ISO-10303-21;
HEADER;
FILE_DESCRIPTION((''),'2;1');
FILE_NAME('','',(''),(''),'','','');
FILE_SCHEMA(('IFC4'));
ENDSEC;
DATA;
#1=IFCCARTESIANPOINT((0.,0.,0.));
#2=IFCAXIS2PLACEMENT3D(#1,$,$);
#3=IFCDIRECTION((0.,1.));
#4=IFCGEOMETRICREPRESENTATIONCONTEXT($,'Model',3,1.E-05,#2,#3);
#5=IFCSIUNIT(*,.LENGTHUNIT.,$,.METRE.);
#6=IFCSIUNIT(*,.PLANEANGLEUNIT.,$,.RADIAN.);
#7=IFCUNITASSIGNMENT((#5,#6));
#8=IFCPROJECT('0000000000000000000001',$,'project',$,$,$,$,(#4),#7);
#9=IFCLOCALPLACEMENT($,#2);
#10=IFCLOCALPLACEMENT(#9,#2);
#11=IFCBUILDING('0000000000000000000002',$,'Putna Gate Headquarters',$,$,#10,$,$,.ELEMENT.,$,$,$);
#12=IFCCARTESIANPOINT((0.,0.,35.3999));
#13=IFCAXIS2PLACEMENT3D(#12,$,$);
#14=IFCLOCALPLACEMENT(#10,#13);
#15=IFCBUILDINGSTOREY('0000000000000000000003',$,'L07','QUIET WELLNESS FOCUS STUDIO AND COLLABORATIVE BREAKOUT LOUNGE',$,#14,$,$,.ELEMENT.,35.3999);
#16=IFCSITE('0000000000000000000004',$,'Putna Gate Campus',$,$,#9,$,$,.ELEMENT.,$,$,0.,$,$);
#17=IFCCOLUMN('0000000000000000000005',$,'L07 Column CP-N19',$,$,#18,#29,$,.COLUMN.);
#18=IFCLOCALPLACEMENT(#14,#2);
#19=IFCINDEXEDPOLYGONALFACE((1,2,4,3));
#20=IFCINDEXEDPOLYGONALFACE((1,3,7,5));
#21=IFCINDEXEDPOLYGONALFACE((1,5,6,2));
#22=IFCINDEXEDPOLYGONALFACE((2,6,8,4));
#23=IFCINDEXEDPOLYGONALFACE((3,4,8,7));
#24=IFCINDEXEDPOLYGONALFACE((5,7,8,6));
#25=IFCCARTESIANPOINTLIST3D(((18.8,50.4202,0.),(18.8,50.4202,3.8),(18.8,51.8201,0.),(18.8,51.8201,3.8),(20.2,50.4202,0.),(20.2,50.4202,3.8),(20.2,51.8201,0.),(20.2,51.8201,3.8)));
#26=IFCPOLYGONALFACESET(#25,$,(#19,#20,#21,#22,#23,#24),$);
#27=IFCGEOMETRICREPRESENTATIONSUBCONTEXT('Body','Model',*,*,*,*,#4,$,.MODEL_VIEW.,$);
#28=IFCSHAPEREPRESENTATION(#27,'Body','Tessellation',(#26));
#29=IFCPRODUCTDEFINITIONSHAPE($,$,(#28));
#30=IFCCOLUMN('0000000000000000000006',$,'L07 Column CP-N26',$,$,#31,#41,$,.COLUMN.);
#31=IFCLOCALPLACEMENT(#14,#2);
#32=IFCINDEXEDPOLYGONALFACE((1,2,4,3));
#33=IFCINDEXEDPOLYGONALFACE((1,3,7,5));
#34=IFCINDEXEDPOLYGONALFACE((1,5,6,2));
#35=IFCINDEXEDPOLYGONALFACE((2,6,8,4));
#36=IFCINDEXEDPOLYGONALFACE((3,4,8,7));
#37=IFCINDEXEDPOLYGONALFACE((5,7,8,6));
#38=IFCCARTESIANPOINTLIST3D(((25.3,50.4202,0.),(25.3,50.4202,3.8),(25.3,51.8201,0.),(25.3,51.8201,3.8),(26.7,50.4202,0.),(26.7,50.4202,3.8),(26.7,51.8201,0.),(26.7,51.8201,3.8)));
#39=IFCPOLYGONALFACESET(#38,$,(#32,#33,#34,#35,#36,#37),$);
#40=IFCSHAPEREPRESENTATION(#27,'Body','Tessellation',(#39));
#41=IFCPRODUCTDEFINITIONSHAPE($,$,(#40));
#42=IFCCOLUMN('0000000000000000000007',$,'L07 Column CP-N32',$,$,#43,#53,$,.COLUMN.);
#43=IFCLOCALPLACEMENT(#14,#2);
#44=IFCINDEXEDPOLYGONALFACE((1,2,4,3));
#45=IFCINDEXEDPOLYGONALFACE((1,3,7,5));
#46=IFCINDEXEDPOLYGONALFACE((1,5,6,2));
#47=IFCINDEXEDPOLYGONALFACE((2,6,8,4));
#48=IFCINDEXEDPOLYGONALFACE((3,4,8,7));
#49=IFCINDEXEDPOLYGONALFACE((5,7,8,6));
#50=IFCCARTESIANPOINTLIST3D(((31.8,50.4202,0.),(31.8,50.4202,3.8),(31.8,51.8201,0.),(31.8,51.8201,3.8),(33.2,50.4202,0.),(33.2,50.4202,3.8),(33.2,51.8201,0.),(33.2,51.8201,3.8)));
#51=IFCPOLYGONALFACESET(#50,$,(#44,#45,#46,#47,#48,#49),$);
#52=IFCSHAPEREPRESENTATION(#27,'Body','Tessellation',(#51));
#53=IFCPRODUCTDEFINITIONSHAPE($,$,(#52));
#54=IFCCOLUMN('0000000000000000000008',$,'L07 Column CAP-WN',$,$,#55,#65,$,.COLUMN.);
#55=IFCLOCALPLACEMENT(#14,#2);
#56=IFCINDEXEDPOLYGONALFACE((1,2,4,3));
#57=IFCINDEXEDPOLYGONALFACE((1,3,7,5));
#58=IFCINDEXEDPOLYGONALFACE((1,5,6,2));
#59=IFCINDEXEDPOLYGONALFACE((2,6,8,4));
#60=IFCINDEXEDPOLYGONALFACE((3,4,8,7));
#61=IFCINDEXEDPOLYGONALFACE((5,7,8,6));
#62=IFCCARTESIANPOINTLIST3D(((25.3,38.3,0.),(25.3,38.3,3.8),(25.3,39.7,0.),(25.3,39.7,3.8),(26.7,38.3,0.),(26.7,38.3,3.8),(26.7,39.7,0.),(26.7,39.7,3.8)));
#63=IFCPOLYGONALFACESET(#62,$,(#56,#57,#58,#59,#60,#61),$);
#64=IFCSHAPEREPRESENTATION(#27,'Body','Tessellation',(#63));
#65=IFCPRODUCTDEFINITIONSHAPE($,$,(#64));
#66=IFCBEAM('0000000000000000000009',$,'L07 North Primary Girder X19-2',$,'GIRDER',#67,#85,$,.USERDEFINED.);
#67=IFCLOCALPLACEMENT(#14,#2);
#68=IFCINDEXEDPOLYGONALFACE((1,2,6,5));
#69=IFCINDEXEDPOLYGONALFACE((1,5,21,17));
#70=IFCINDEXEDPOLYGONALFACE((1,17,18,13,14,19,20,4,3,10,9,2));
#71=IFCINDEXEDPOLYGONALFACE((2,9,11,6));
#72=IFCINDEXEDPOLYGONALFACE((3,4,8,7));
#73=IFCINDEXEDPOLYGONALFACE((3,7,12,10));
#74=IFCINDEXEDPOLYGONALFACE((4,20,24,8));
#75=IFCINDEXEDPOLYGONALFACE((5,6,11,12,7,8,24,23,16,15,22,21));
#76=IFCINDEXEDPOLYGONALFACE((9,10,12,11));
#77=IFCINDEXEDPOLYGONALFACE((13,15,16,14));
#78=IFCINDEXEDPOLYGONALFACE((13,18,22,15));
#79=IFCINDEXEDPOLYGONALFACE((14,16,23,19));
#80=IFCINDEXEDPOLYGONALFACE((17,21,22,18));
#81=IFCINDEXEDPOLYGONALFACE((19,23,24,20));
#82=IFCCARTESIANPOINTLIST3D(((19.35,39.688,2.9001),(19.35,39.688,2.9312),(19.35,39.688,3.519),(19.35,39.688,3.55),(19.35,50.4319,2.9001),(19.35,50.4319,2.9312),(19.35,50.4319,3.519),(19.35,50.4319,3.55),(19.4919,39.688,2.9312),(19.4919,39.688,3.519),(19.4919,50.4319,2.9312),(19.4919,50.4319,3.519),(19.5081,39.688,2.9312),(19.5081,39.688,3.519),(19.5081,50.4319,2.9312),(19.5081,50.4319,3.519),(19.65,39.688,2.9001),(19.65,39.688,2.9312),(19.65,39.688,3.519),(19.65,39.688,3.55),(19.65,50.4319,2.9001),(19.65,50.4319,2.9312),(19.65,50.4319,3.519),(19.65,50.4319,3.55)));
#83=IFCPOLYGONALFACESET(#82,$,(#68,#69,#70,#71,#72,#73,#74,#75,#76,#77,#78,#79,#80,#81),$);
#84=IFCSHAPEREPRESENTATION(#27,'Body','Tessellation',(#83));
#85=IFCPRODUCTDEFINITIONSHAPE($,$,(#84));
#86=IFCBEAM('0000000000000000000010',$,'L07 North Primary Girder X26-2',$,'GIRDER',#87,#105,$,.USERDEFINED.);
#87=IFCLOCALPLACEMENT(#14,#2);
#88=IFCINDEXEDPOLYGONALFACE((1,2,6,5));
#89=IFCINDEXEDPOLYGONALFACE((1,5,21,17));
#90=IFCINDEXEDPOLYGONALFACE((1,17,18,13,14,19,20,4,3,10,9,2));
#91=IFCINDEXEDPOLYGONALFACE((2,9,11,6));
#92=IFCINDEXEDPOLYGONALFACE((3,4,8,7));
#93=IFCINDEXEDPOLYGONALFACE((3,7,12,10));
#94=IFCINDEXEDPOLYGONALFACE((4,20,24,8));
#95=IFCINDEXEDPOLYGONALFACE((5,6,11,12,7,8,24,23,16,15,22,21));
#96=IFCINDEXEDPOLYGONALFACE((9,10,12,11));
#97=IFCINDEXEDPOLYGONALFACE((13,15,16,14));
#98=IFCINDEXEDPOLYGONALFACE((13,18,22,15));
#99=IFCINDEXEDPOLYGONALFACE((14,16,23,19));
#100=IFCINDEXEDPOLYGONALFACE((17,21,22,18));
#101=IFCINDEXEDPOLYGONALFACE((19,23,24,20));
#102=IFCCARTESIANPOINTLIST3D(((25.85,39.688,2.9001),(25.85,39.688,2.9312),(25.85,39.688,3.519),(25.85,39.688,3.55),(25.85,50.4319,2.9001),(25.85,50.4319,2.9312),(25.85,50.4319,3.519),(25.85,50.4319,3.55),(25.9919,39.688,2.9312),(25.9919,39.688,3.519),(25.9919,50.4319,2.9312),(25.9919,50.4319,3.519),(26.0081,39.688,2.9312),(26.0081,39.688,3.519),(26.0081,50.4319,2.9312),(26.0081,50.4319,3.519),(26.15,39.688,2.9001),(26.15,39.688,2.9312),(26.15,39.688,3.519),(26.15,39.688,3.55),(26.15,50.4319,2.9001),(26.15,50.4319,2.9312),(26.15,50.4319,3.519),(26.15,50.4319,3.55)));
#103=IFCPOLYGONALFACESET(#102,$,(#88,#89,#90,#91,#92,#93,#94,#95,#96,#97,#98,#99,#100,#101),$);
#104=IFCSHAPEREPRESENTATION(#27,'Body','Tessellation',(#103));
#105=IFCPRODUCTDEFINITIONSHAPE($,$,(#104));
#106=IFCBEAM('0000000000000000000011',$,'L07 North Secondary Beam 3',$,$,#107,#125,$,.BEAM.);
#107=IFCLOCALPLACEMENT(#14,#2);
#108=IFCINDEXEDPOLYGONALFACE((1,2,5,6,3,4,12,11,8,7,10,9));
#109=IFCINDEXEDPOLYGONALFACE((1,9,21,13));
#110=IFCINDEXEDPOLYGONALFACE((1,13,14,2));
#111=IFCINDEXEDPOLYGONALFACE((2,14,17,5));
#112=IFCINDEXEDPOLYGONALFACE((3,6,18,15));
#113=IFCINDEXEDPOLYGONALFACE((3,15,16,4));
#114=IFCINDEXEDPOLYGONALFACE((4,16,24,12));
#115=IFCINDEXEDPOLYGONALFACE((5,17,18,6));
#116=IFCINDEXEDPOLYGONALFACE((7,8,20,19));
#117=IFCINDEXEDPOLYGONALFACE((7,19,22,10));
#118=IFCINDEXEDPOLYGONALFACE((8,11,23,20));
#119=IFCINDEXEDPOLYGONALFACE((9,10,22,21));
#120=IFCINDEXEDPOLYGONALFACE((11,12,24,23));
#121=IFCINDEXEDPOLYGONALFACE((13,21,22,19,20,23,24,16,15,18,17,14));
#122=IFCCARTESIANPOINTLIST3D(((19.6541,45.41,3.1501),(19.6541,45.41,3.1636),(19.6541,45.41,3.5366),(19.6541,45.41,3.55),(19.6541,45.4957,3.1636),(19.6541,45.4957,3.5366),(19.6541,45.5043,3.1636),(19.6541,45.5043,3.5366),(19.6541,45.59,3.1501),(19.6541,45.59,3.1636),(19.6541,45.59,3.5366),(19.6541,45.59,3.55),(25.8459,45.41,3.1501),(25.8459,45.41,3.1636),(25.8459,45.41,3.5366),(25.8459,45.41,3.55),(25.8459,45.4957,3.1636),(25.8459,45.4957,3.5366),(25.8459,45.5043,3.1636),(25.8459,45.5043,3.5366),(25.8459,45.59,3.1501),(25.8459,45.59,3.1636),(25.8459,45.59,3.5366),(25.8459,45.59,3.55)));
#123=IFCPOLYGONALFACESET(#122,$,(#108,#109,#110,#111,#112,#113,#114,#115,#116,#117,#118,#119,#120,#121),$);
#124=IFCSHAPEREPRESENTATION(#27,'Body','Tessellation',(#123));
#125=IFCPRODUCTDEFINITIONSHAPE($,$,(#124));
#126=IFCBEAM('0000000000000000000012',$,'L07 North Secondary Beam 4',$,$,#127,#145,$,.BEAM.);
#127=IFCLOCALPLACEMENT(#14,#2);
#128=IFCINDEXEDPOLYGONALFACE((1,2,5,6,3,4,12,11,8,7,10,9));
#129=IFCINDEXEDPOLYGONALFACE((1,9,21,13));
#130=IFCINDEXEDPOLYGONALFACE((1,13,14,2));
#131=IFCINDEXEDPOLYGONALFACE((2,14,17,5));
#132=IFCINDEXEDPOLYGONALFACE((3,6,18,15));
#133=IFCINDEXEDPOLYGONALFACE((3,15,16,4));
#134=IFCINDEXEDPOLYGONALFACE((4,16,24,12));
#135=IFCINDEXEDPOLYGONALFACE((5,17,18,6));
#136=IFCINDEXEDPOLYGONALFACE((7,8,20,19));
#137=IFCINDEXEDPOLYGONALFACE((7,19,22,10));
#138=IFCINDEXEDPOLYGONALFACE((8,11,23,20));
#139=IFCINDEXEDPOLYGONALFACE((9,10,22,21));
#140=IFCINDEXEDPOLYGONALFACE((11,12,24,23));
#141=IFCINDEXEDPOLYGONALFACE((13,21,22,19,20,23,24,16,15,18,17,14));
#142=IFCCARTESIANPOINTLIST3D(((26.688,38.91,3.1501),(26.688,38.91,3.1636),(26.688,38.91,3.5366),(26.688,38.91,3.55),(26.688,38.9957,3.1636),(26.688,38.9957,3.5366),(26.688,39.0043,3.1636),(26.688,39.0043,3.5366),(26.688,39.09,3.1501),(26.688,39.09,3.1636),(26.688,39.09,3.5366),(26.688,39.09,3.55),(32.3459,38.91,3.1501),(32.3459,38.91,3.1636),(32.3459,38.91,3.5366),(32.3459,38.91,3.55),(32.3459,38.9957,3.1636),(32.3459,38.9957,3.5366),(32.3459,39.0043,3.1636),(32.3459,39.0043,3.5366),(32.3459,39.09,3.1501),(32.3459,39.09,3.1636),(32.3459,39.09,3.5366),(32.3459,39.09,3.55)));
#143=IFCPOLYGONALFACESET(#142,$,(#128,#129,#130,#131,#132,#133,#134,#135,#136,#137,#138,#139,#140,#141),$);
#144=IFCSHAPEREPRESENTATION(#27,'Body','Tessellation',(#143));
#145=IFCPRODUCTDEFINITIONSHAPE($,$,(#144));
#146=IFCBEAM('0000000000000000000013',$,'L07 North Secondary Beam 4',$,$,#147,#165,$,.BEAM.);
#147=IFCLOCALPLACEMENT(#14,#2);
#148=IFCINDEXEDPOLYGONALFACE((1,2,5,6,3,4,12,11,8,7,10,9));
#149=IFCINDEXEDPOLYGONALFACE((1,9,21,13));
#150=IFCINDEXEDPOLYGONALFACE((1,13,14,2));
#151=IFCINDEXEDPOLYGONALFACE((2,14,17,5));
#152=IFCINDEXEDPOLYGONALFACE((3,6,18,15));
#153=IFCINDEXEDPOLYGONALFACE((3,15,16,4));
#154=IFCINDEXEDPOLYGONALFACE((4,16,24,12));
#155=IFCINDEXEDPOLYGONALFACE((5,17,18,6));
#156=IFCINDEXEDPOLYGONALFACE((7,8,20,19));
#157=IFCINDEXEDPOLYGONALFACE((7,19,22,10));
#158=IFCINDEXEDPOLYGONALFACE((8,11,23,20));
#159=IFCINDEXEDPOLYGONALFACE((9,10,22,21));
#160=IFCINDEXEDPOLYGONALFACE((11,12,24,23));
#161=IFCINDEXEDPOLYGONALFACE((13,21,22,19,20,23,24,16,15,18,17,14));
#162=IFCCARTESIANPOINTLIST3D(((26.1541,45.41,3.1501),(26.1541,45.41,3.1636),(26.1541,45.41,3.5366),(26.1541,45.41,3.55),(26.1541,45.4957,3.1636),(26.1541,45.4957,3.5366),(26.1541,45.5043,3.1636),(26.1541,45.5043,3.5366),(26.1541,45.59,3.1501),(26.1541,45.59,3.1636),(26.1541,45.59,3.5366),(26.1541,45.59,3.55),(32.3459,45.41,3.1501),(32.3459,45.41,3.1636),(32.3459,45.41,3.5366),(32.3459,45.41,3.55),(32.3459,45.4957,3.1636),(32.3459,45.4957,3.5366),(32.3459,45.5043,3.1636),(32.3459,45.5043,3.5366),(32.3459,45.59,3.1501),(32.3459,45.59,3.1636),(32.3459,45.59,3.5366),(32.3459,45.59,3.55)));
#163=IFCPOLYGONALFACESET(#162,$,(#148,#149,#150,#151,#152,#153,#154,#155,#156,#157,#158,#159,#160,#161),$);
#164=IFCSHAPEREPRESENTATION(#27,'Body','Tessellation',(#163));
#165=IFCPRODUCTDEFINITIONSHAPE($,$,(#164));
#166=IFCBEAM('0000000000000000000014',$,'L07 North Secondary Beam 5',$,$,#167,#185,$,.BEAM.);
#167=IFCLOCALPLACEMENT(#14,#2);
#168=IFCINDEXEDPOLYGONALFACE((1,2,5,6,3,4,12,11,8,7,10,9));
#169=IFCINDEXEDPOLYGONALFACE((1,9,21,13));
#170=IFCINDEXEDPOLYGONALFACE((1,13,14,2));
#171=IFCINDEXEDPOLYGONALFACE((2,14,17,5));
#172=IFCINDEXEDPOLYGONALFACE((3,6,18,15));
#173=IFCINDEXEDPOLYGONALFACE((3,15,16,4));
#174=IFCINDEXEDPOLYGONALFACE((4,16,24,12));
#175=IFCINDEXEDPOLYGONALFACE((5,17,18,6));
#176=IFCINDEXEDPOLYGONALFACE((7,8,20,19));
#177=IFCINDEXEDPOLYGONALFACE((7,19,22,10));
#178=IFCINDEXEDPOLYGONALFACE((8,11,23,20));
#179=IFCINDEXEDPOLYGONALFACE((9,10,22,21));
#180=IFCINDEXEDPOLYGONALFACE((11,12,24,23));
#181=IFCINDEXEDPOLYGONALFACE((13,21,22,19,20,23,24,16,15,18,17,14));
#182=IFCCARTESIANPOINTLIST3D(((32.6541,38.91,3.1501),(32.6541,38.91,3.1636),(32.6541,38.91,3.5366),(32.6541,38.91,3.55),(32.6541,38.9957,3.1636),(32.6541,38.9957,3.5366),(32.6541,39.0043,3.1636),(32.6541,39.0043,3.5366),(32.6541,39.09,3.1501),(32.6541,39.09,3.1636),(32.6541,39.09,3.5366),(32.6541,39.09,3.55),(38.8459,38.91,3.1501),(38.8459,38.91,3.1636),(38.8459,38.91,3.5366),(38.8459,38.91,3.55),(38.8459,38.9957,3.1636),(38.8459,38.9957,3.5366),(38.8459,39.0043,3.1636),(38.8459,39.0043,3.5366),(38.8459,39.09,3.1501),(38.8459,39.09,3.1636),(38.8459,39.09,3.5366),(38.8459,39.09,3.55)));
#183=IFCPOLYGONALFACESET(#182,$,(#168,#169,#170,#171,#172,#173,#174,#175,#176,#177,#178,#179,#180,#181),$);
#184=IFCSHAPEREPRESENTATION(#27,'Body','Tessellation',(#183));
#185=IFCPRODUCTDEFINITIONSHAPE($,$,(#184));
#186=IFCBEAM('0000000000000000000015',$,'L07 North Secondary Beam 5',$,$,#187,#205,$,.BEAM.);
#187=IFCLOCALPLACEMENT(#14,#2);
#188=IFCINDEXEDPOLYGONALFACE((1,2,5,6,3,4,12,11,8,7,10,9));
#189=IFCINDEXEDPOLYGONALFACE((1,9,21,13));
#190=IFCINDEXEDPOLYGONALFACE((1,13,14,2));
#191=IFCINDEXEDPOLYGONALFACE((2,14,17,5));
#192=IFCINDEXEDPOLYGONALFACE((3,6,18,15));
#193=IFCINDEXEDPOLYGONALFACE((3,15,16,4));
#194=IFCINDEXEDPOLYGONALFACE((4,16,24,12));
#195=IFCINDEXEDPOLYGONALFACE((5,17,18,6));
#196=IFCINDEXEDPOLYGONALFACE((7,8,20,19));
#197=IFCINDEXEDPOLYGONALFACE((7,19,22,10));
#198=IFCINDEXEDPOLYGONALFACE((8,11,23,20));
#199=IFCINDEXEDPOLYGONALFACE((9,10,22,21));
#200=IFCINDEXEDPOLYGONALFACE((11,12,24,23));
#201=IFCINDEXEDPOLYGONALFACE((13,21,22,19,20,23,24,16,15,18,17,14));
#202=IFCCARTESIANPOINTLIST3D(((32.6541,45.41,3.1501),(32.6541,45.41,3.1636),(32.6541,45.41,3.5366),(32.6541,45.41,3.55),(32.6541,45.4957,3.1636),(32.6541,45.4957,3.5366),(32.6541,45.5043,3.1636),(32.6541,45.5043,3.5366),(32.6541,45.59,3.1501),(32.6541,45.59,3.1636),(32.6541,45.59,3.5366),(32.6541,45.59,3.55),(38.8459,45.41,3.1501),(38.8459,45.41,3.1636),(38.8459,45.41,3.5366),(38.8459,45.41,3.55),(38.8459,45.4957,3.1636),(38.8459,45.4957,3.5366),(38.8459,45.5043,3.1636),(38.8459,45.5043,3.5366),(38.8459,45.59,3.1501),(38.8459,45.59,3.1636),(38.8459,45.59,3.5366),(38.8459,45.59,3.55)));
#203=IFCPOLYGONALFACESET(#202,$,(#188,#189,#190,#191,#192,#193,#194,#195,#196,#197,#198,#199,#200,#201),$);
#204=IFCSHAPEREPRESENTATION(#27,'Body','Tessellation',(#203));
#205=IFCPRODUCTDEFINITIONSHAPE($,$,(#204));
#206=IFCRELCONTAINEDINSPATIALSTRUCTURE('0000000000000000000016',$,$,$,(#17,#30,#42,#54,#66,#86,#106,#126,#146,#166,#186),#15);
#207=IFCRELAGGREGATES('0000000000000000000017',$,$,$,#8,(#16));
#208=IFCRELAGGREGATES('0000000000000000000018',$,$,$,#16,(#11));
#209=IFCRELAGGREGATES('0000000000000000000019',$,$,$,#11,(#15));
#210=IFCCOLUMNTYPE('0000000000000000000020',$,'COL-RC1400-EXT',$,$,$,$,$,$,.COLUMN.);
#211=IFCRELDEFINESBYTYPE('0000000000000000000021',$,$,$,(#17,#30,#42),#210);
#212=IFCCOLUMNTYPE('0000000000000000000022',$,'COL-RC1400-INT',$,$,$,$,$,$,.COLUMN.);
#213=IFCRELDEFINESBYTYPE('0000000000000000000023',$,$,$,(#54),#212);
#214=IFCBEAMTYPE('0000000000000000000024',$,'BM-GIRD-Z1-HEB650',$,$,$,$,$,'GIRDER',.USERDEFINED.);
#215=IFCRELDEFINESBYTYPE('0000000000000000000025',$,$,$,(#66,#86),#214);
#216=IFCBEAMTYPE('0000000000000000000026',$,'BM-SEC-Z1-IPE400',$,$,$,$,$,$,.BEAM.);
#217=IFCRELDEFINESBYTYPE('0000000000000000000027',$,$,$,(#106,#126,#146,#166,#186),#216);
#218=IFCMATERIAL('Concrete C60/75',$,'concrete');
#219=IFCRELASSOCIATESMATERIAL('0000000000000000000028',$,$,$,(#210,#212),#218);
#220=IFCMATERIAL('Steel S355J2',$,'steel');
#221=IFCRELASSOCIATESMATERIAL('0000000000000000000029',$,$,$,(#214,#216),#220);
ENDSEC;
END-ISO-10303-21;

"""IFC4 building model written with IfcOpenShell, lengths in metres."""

from ifc_helpers import new_model, si_unit, direction, frame, origin, origin_2d, place, context, subcontext, project, spatial, rectangle, i_section, extrude, material, material_profile, profile_set, type_object, element, save


model = new_model("IFC4")

# Units and contexts
model_context = context("Model", 3, precision=1e-05, world=origin(), true_north=direction((0.0, 1.0)))
body_context = subcontext(model_context, "Body", "Model", "MODEL_VIEW")
ifc_project = project(units=[si_unit("LENGTHUNIT", "METRE"), si_unit("PLANEANGLEUNIT", "RADIAN")], contexts=[model_context])

# Site, building, storey
site_placement = place(None, origin())
site = spatial("IfcSite", under=ifc_project, at=site_placement, Name="Putna Gate Campus", CompositionType="ELEMENT", RefElevation=0.0)
building_placement = place(site_placement, origin())
building = spatial("IfcBuilding", under=site, at=building_placement, Name="Putna Gate Headquarters", CompositionType="ELEMENT")
storey_placement = place(building_placement, frame((0.0, 0.0, 35.3999)))
storey = spatial("IfcBuildingStorey", under=building, at=storey_placement, Name="L07", Description="QUIET WELLNESS FOCUS STUDIO AND COLLABORATIVE BREAKOUT LOUNGE", CompositionType="ELEMENT", Elevation=35.3999)

# Columns
ifc_material_1 = material(Name="Concrete C60/75", Category="concrete")
ifc_material_profile_1 = material_profile(ifc_material_1, rectangle(XDim=1.3999, YDim=1.3999, at=origin_2d()), Name="Concrete C60/75")
ifc_profile_set_1 = profile_set([ifc_material_profile_1], Name="Concrete C60/75")
column_type_1 = type_object("IfcColumnType", Name="COL-RC1400-EXT", PredefinedType="COLUMN", material=ifc_profile_set_1)
for number, where, z_axis, x_axis, name in (
    (1, (19.5, 51.1201, 0.0), (0.0, 0.0, 1.0), (1.0, 0.0, 0.0), "L07 Column CP-N19"),
    (2, (26.0, 51.1201, 0.0), (0.0, 0.0, 1.0), (1.0, 0.0, 0.0), "L07 Column CP-N26"),
    (3, (32.5, 51.1201, 0.0), (0.0, 0.0, 1.0), (1.0, 0.0, 0.0), "L07 Column CP-N32"),
):
    element("IfcColumn", number, at=place(storey_placement, frame(where, z_axis=z_axis, x_axis=x_axis)), inside=storey, type_object=column_type_1, Name=name, PredefinedType="COLUMN", context=body_context, shape_type="SweptSolid", body=[
        extrude(rectangle(XDim=1.3999, YDim=1.3999, at=origin_2d()), origin(), (0.0, 0.0, 1.0), 3.8),
    ])
ifc_material_profile_2 = material_profile(ifc_material_1, rectangle(XDim=1.3999, YDim=1.3999, at=origin_2d()), Name="Concrete C60/75")
ifc_profile_set_2 = profile_set([ifc_material_profile_2], Name="Concrete C60/75")
column_type_2 = type_object("IfcColumnType", Name="COL-RC1400-INT", PredefinedType="COLUMN", material=ifc_profile_set_2)
column_placement = place(storey_placement, frame((26.0, 39.0, 0.0), z_axis=(0.0, 0.0, 1.0), x_axis=(1.0, 0.0, 0.0)))
element("IfcColumn", 4, at=column_placement, inside=storey, type_object=column_type_2, Name="L07 Column CAP-WN", PredefinedType="COLUMN", context=body_context, shape_type="SweptSolid", body=[
    extrude(rectangle(XDim=1.3999, YDim=1.3999, at=origin_2d()), origin(), (0.0, 0.0, 1.0), 3.8),
])

# Beams
ifc_material_2 = material(Name="Steel S355J2", Category="steel")
ifc_material_profile_3 = material_profile(ifc_material_2, i_section(OverallWidth=0.3, OverallDepth=0.6499, WebThickness=0.0161, FlangeThickness=0.031, at=origin_2d()), Name="Steel S355J2")
ifc_profile_set_3 = profile_set([ifc_material_profile_3], Name="Steel S355J2")
beam_type_1 = type_object("IfcBeamType", Name="BM-GIRD-Z1-HEB650", ElementType="GIRDER", PredefinedType="USERDEFINED", material=ifc_profile_set_3)
for number, where, z_axis, x_axis, name in (
    (5, (19.5, 39.688, 3.2251), (0.0, 1.0, 0.0), (-1.0, 0.0, 0.0), "L07 North Primary Girder X19-2"),
    (6, (26.0, 39.688, 3.2251), (0.0, 1.0, 0.0), (-1.0, 0.0, 0.0), "L07 North Primary Girder X26-2"),
):
    element("IfcBeam", number, at=place(storey_placement, frame(where, z_axis=z_axis, x_axis=x_axis)), inside=storey, type_object=beam_type_1, Name=name, ObjectType="GIRDER", PredefinedType="USERDEFINED", context=body_context, shape_type="SweptSolid", body=[
        extrude(i_section(OverallWidth=0.3, OverallDepth=0.6499, WebThickness=0.0161, FlangeThickness=0.031, at=origin_2d()), origin(), (0.0, 0.0, 1.0), 10.7439),
    ])
ifc_material_profile_4 = material_profile(ifc_material_2, i_section(OverallWidth=0.1799, OverallDepth=0.3999, WebThickness=0.0085, FlangeThickness=0.0134, at=origin_2d()), Name="Steel S355J2")
ifc_profile_set_4 = profile_set([ifc_material_profile_4], Name="Steel S355J2")
beam_type_2 = type_object("IfcBeamType", Name="BM-SEC-Z1-IPE400", PredefinedType="BEAM", material=ifc_profile_set_4)
beam_1_placement = place(storey_placement, frame((19.6541, 45.5, 3.3501), z_axis=(1.0, 0.0, 0.0), x_axis=(0.0, 1.0, 0.0)))
element("IfcBeam", 7, at=beam_1_placement, inside=storey, type_object=beam_type_2, Name="L07 North Secondary Beam 3", PredefinedType="BEAM", context=body_context, shape_type="SweptSolid", body=[
    extrude(i_section(OverallWidth=0.1799, OverallDepth=0.3999, WebThickness=0.0085, FlangeThickness=0.0134, at=origin_2d()), origin(), (0.0, 0.0, 1.0), 6.1919),
])
beam_2_placement = place(storey_placement, frame((26.688, 39.0, 3.3501), z_axis=(1.0, 0.0, 0.0), x_axis=(0.0, 1.0, 0.0)))
element("IfcBeam", 8, at=beam_2_placement, inside=storey, type_object=beam_type_2, Name="L07 North Secondary Beam 4", PredefinedType="BEAM", context=body_context, shape_type="SweptSolid", body=[
    extrude(i_section(OverallWidth=0.1799, OverallDepth=0.3999, WebThickness=0.0085, FlangeThickness=0.0134, at=origin_2d()), origin(), (0.0, 0.0, 1.0), 5.658),
])
for number, where, z_axis, x_axis, name in (
    (9, (26.1541, 45.5, 3.3501), (1.0, 0.0, 0.0), (0.0, 1.0, 0.0), "L07 North Secondary Beam 4"),
    (10, (32.6541, 39.0, 3.3501), (1.0, 0.0, 0.0), (0.0, 1.0, 0.0), "L07 North Secondary Beam 5"),
    (11, (32.6541, 45.5, 3.3501), (1.0, 0.0, 0.0), (0.0, 1.0, 0.0), "L07 North Secondary Beam 5"),
):
    element("IfcBeam", number, at=place(storey_placement, frame(where, z_axis=z_axis, x_axis=x_axis)), inside=storey, type_object=beam_type_2, Name=name, PredefinedType="BEAM", context=body_context, shape_type="SweptSolid", body=[
        extrude(i_section(OverallWidth=0.1799, OverallDepth=0.3999, WebThickness=0.0085, FlangeThickness=0.0134, at=origin_2d()), origin(), (0.0, 0.0, 1.0), 6.1919),
    ])

save(model, "model.ifc")
